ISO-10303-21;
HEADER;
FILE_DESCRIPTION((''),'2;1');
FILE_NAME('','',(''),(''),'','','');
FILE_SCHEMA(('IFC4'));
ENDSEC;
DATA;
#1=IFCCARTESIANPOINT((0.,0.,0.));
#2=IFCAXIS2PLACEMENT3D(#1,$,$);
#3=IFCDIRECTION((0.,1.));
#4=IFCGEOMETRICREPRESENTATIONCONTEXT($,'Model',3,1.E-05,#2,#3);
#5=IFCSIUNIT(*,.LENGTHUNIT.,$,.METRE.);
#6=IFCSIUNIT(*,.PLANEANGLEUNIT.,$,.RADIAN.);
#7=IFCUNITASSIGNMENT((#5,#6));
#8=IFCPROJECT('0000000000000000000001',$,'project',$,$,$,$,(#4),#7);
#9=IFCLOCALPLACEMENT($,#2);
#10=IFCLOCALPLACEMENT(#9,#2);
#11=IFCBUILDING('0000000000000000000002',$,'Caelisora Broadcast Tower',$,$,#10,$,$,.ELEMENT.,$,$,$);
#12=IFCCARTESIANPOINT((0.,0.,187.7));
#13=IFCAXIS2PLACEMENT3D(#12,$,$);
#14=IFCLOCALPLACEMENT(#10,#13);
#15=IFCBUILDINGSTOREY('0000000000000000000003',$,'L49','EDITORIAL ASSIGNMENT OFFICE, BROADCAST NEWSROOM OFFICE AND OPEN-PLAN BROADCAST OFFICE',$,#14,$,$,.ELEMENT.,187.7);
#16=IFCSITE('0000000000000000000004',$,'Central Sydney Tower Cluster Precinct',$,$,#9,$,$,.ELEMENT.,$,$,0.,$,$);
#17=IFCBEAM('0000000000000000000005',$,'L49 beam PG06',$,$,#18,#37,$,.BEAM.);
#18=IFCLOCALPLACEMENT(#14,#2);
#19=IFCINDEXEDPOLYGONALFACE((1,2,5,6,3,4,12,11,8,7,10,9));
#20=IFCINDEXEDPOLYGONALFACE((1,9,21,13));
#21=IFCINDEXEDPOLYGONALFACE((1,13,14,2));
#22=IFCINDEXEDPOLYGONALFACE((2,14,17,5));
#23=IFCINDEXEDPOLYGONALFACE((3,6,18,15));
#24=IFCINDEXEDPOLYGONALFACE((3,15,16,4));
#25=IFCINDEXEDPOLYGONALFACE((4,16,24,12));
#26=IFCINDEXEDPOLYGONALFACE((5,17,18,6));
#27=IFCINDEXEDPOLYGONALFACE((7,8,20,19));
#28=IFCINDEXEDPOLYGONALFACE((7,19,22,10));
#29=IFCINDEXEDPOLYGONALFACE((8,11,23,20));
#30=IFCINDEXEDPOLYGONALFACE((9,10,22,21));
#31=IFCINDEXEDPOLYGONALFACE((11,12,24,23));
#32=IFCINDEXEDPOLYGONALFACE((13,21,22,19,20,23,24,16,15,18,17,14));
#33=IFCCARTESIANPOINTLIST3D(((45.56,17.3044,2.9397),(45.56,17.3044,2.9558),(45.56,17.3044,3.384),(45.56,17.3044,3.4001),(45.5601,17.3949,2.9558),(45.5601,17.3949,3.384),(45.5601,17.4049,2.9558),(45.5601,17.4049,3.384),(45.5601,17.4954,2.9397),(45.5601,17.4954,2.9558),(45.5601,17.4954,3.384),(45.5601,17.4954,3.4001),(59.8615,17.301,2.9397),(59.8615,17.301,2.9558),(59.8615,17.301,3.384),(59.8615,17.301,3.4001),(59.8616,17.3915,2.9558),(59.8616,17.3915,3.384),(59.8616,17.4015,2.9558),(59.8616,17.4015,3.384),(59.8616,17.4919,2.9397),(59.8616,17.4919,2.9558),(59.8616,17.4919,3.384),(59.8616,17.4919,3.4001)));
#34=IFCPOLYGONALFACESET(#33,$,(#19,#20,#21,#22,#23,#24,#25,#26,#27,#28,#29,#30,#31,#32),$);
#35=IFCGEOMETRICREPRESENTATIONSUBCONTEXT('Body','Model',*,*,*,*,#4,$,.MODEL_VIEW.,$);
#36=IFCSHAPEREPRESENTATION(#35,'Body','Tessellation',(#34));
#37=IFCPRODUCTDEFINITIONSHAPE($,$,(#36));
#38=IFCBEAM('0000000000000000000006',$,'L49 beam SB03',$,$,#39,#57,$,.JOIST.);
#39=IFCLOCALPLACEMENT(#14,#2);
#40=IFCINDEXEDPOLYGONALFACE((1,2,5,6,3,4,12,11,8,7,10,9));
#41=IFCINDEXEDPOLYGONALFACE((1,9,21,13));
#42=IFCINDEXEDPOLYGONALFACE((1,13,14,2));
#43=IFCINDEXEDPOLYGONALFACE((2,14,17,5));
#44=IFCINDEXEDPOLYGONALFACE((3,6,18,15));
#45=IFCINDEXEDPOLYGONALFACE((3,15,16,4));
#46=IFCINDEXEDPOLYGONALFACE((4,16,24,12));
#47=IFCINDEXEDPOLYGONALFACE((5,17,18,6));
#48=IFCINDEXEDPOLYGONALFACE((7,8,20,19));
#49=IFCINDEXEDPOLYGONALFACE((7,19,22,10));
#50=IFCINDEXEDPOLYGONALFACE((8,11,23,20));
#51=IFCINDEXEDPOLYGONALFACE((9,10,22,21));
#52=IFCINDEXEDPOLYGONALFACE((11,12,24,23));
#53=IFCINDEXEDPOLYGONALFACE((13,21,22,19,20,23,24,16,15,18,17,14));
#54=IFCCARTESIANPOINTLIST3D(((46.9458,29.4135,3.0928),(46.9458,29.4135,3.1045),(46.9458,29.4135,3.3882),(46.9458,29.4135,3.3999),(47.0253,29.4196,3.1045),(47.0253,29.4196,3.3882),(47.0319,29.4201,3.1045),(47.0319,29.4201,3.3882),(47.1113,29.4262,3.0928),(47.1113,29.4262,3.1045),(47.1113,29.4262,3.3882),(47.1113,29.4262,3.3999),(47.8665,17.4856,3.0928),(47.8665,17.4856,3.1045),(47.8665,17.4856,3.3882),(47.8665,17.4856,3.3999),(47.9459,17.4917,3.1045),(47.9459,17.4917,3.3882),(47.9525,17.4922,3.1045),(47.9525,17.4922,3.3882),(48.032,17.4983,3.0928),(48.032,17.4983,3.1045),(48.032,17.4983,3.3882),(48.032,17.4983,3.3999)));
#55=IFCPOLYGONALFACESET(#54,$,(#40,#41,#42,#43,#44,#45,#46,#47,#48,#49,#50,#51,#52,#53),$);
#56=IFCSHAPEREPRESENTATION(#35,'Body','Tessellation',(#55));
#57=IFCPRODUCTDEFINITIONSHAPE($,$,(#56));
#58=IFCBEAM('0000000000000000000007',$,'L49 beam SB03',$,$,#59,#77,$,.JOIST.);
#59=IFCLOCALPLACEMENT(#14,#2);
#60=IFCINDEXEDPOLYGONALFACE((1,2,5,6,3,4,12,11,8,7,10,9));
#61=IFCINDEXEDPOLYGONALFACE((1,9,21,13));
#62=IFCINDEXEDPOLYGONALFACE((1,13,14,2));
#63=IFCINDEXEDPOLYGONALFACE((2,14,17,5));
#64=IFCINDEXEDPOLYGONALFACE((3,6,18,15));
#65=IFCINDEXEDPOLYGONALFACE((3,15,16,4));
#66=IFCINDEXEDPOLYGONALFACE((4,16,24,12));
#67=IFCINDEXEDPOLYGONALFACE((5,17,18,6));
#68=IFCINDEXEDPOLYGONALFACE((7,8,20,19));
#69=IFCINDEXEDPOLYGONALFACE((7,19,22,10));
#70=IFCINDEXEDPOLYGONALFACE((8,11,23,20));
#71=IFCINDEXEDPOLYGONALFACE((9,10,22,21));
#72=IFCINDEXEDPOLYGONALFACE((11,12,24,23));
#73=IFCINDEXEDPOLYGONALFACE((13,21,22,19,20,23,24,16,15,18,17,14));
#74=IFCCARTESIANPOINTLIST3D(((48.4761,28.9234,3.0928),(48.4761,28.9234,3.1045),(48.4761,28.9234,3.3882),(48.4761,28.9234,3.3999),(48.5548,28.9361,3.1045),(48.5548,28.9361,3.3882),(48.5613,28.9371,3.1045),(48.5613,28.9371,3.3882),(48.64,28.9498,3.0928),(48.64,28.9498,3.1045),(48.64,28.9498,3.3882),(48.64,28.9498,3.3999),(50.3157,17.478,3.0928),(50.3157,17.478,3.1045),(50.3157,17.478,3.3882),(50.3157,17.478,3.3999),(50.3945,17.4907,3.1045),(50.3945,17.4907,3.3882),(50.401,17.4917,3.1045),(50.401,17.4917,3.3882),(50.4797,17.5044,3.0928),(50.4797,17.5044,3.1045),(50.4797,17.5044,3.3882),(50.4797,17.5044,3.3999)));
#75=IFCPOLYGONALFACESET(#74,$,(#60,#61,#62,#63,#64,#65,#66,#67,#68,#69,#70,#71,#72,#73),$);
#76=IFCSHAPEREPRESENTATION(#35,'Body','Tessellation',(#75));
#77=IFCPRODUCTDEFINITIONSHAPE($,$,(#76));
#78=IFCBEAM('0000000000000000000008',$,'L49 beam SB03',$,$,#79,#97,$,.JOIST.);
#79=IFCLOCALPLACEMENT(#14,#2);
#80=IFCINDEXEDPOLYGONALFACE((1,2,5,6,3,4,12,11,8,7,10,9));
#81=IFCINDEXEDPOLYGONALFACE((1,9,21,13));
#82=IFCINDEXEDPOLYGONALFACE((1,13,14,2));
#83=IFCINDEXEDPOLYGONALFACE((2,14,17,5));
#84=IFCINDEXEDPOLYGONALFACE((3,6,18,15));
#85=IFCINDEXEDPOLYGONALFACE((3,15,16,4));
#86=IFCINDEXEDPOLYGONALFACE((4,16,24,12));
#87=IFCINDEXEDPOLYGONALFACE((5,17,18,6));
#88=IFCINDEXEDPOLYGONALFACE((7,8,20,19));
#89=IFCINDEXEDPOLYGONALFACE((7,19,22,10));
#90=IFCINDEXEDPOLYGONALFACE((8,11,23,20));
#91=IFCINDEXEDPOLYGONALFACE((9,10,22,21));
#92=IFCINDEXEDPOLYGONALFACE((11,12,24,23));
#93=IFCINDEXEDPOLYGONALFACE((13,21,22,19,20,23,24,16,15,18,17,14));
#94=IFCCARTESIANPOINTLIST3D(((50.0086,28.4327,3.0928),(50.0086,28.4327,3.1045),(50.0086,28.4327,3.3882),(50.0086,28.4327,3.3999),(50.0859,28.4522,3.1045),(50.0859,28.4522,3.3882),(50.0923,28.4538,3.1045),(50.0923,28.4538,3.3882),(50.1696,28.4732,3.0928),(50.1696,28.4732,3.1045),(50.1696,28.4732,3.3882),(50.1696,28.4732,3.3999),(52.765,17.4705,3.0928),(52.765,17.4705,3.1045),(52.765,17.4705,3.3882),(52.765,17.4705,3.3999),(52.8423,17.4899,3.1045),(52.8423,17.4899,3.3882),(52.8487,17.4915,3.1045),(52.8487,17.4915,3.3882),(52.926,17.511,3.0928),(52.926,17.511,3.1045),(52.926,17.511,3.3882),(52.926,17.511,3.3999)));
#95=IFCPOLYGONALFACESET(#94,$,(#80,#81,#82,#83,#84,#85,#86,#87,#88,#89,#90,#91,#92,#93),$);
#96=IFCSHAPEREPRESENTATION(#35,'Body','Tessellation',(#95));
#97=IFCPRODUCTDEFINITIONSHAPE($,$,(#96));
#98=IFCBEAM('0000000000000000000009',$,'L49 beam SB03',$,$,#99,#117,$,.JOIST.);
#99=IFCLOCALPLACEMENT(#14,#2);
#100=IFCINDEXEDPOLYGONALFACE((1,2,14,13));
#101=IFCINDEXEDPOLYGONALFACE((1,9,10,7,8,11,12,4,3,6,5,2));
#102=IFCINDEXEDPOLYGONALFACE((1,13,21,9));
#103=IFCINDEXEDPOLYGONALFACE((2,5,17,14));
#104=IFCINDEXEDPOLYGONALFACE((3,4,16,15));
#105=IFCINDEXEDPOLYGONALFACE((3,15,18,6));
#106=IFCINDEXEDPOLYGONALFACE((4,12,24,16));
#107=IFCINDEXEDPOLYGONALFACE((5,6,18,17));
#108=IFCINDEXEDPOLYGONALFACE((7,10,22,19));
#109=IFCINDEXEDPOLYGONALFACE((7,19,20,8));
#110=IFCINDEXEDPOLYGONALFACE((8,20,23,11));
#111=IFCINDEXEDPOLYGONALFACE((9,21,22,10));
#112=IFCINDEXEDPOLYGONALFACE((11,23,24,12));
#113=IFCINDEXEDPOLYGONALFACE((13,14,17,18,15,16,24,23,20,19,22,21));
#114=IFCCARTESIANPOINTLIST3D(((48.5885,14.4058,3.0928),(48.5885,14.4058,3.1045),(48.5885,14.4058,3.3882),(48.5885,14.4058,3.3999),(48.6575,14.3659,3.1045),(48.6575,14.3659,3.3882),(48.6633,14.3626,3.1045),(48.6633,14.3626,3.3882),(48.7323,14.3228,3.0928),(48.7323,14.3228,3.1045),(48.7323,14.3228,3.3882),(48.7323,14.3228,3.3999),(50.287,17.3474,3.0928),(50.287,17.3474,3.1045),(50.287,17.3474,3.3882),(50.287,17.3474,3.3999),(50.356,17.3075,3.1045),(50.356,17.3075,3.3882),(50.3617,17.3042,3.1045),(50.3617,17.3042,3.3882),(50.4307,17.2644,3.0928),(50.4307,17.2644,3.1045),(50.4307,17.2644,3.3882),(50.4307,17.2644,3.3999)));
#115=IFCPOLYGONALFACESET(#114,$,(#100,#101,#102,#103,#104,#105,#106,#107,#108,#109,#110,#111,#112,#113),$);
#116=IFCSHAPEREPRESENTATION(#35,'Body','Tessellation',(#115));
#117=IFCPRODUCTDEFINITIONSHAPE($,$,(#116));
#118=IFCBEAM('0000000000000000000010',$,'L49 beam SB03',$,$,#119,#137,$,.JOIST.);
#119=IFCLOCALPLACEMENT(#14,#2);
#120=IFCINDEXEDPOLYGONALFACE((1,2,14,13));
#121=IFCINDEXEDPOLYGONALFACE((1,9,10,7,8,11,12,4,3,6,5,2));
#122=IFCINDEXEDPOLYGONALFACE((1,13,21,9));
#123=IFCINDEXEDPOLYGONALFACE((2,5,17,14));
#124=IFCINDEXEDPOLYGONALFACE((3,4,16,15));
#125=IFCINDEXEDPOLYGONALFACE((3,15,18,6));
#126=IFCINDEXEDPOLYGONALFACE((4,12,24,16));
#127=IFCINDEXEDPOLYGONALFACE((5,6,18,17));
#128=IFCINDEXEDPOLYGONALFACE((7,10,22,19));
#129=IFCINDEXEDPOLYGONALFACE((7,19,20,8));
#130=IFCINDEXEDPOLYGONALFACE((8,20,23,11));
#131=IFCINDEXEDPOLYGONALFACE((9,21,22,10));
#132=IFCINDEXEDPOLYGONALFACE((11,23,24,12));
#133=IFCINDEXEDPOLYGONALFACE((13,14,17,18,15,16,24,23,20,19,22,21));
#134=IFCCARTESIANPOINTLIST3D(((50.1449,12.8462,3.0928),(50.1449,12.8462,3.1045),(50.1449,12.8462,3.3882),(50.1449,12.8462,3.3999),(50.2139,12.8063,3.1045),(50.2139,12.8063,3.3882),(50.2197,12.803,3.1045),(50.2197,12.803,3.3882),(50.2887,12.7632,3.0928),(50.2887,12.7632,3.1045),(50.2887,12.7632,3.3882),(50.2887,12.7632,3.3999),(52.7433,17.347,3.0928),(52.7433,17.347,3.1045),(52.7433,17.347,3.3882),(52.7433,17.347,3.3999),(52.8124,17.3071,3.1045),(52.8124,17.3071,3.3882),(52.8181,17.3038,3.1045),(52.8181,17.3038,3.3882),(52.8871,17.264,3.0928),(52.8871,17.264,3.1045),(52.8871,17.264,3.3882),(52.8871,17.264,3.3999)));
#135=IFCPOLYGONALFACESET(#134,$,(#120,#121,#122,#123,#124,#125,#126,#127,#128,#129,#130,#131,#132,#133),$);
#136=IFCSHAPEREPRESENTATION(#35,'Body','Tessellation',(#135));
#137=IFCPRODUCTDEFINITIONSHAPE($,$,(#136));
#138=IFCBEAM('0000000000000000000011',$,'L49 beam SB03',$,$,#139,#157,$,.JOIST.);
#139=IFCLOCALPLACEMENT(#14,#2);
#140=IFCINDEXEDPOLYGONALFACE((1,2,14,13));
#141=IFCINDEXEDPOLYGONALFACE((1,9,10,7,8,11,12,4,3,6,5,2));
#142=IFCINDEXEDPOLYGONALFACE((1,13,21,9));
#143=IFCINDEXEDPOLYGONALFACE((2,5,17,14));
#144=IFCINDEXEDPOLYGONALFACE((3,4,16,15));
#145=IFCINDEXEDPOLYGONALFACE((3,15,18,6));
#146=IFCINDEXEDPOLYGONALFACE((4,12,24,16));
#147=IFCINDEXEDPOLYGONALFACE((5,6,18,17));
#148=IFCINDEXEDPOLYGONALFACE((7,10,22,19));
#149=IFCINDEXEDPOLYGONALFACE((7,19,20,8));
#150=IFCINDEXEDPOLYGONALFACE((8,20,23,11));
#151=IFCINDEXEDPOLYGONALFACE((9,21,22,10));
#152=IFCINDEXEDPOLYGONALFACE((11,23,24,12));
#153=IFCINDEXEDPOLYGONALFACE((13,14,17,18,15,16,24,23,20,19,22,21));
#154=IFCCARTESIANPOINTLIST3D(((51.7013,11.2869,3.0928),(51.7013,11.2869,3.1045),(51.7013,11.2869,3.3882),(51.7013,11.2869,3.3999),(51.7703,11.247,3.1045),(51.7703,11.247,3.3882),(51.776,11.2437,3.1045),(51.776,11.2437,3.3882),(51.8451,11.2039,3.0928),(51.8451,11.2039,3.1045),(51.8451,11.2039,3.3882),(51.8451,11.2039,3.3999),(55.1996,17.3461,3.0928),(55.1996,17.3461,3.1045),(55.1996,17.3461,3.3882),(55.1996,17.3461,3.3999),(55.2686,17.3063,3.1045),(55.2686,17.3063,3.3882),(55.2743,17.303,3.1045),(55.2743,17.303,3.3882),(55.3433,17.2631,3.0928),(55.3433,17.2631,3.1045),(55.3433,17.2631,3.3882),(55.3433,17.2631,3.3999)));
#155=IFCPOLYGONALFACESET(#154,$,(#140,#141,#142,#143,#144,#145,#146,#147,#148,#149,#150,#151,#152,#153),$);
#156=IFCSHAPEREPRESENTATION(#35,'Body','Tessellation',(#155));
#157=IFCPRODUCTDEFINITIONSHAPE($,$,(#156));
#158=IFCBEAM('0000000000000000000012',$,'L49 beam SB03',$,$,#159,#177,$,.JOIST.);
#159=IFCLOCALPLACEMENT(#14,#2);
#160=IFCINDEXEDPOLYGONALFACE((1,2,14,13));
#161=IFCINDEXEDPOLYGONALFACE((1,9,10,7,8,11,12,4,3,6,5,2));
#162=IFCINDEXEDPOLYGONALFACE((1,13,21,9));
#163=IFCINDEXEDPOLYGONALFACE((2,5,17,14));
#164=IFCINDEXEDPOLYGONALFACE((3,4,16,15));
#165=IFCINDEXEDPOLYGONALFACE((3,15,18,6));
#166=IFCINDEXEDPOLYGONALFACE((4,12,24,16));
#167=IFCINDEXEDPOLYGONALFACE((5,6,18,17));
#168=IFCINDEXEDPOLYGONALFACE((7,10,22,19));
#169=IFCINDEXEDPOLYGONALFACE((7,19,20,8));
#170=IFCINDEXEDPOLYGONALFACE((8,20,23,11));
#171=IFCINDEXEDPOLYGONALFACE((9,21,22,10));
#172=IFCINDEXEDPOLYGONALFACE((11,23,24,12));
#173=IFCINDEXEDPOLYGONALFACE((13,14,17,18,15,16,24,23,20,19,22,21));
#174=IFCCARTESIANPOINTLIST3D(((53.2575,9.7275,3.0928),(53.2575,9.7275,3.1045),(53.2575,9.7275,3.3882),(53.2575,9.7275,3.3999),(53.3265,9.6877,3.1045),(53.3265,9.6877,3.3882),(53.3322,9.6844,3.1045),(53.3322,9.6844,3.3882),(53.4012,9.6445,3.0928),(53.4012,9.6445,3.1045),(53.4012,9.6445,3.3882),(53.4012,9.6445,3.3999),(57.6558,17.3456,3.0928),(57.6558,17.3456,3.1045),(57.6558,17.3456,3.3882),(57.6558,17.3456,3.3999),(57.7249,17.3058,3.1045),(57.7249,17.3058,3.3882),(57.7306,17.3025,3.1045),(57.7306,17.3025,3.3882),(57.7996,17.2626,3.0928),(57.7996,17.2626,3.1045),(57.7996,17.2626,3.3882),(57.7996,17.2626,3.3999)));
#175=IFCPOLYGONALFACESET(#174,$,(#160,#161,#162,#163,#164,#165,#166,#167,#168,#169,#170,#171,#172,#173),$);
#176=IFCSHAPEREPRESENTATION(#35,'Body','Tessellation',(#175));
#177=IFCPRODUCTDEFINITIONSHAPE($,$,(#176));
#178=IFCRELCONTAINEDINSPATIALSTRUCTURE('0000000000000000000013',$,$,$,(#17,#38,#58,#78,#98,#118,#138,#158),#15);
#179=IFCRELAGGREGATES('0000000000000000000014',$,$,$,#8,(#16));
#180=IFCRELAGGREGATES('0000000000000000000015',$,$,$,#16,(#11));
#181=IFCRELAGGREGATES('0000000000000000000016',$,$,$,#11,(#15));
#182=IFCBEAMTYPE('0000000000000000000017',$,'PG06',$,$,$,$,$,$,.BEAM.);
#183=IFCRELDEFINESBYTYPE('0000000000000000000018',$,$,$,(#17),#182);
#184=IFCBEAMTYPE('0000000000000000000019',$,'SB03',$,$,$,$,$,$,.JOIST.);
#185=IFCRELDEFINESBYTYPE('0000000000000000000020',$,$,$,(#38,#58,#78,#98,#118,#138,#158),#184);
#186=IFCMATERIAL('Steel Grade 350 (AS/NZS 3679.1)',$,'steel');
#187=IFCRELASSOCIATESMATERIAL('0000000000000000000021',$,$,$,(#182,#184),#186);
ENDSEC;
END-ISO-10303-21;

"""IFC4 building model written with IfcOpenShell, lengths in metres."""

from ifc_helpers import new_model, si_unit, direction, frame, origin, origin_2d, place, context, subcontext, project, spatial, i_section, extrude, source, transform, mapped, material, material_profile, profile_set, type_object, type_shapes, element, save


model = new_model("IFC4")

# Units and contexts
model_context = context("Model", 3, precision=1e-05, world=origin(), true_north=direction((0.0, 1.0)))
body_context = subcontext(model_context, "Body", "Model", "MODEL_VIEW")
ifc_project = project(units=[si_unit("LENGTHUNIT", "METRE"), si_unit("PLANEANGLEUNIT", "RADIAN")], contexts=[model_context])

# Site, building, storey
site_placement = place(None, origin())
site = spatial("IfcSite", under=ifc_project, at=site_placement, Name="Central Sydney Tower Cluster Precinct", CompositionType="ELEMENT", RefElevation=0.0)
building_placement = place(site_placement, origin())
building = spatial("IfcBuilding", under=site, at=building_placement, Name="Caelisora Broadcast Tower", CompositionType="ELEMENT")
storey_placement = place(building_placement, frame((0.0, 0.0, 187.7)))
storey = spatial("IfcBuildingStorey", under=building, at=storey_placement, Name="L49", Description="EDITORIAL ASSIGNMENT OFFICE, BROADCAST NEWSROOM OFFICE AND OPEN-PLAN BROADCAST OFFICE", CompositionType="ELEMENT", Elevation=187.7)

# Beams
ifc_material_1 = material(Name="Steel Grade 350 (AS/NZS 3679.1)", Category="steel")
ifc_material_profile_1 = material_profile(ifc_material_1, i_section(OverallWidth=0.1909, OverallDepth=0.4604, WebThickness=0.01, FlangeThickness=0.0161, at=origin_2d()), Name="Steel Grade 350 (AS/NZS 3679.1)")
ifc_profile_set_1 = profile_set([ifc_material_profile_1], Name="Steel Grade 350 (AS/NZS 3679.1)")
beam_type_1 = type_object("IfcBeamType", Name="PG06", PredefinedType="BEAM", material=ifc_profile_set_1)
shared_shape_1 = source(origin(), body_context, "Body", "SweptSolid", [
    extrude(i_section(OverallWidth=0.1909, OverallDepth=0.4604, WebThickness=0.01, FlangeThickness=0.0161, at=origin_2d()), origin(), (0.0, 0.0, 1.0), 14.3015),
])
type_shapes(beam_type_1, [shared_shape_1])
beam_1_placement = place(storey_placement, frame((45.5601, 17.3999, 3.1699), z_axis=(1.0, -0.000239, 0.0), x_axis=(0.000239, 1.0, 0.0)))
element("IfcBeam", 1, at=beam_1_placement, inside=storey, type_object=beam_type_1, Name="L49 beam PG06", PredefinedType="BEAM", context=body_context, shape_type="MappedRepresentation", body=[
    mapped(shared_shape_1, transform((0.0, 0.0, 0.0), scale=1.0)),
])
ifc_material_profile_2 = material_profile(ifc_material_1, i_section(OverallWidth=0.166, OverallDepth=0.3071, WebThickness=0.0066, FlangeThickness=0.0117, at=origin_2d()), Name="Steel Grade 350 (AS/NZS 3679.1)")
ifc_profile_set_2 = profile_set([ifc_material_profile_2], Name="Steel Grade 350 (AS/NZS 3679.1)")
beam_type_2 = type_object("IfcBeamType", Name="SB03", PredefinedType="JOIST", material=ifc_profile_set_2)
shared_shape_2 = source(origin(), body_context, "Body", "SweptSolid", [
    extrude(i_section(OverallWidth=0.166, OverallDepth=0.3071, WebThickness=0.0066, FlangeThickness=0.0117, at=origin_2d()), origin(), (0.0, 0.0, 1.0), 11.9634),
])
beam_2_placement = place(storey_placement, frame((47.9492, 17.4919, 3.2463), z_axis=(-0.076956, 0.997035, 0.0), x_axis=(-0.997035, -0.076956, 0.0)))
element("IfcBeam", 2, at=beam_2_placement, inside=storey, type_object=beam_type_2, Name="L49 beam SB03", PredefinedType="JOIST", context=body_context, shape_type="MappedRepresentation", body=[
    mapped(shared_shape_2, transform((0.0, 0.0, 0.0), scale=1.0)),
])
shared_shape_3 = source(origin(), body_context, "Body", "SweptSolid", [
    extrude(i_section(OverallWidth=0.166, OverallDepth=0.3071, WebThickness=0.0066, FlangeThickness=0.0117, at=origin_2d()), origin(), (0.0, 0.0, 1.0), 11.5923),
])
beam_3_placement = place(storey_placement, frame((50.3977, 17.4912, 3.2463), z_axis=(-0.158693, 0.987328, 0.0), x_axis=(-0.987328, -0.158693, 0.0)))
element("IfcBeam", 3, at=beam_3_placement, inside=storey, type_object=beam_type_2, Name="L49 beam SB03", PredefinedType="JOIST", context=body_context, shape_type="MappedRepresentation", body=[
    mapped(shared_shape_3, transform((0.0, 0.0, 0.0), scale=1.0)),
])
shared_shape_4 = source(origin(), body_context, "Body", "SweptSolid", [
    extrude(i_section(OverallWidth=0.166, OverallDepth=0.3071, WebThickness=0.0066, FlangeThickness=0.0117, at=origin_2d()), origin(), (0.0, 0.0, 1.0), 11.3035),
])
beam_4_placement = place(storey_placement, frame((52.8455, 17.4907, 3.2463), z_axis=(-0.243852, 0.969813, 0.0), x_axis=(-0.969813, -0.243852, 0.0)))
element("IfcBeam", 4, at=beam_4_placement, inside=storey, type_object=beam_type_2, Name="L49 beam SB03", PredefinedType="JOIST", context=body_context, shape_type="MappedRepresentation", body=[
    mapped(shared_shape_4, transform((0.0, 0.0, 0.0), scale=1.0)),
])
shared_shape_5 = source(origin(), body_context, "Body", "SweptSolid", [
    extrude(i_section(OverallWidth=0.166, OverallDepth=0.3071, WebThickness=0.0066, FlangeThickness=0.0117, at=origin_2d()), origin(), (0.0, 0.0, 1.0), 3.3967),
])
beam_5_placement = place(storey_placement, frame((48.6604, 14.3643, 3.2463), z_axis=(0.500027, 0.86601, 0.0), x_axis=(-0.86601, 0.500027, 0.0)))
element("IfcBeam", 5, at=beam_5_placement, inside=storey, type_object=beam_type_2, Name="L49 beam SB03", PredefinedType="JOIST", context=body_context, shape_type="MappedRepresentation", body=[
    mapped(shared_shape_5, transform((0.0, 0.0, 0.0), scale=1.0)),
])
shared_shape_6 = source(origin(), body_context, "Body", "SweptSolid", [
    extrude(i_section(OverallWidth=0.166, OverallDepth=0.3071, WebThickness=0.0066, FlangeThickness=0.0117, at=origin_2d()), origin(), (0.0, 0.0, 1.0), 5.197),
])
beam_6_placement = place(storey_placement, frame((50.2168, 12.8047, 3.2463), z_axis=(0.499984, 0.866035, 0.0), x_axis=(-0.866035, 0.499984, 0.0)))
element("IfcBeam", 6, at=beam_6_placement, inside=storey, type_object=beam_type_2, Name="L49 beam SB03", PredefinedType="JOIST", context=body_context, shape_type="MappedRepresentation", body=[
    mapped(shared_shape_6, transform((0.0, 0.0, 0.0), scale=1.0)),
])
shared_shape_7 = source(origin(), body_context, "Body", "SweptSolid", [
    extrude(i_section(OverallWidth=0.166, OverallDepth=0.3071, WebThickness=0.0066, FlangeThickness=0.0117, at=origin_2d()), origin(), (0.0, 0.0, 1.0), 6.9966),
])
beam_7_placement = place(storey_placement, frame((51.7732, 11.2454, 3.2463), z_axis=(0.499993, 0.866029, 0.0), x_axis=(-0.866029, 0.499993, 0.0)))
element("IfcBeam", 7, at=beam_7_placement, inside=storey, type_object=beam_type_2, Name="L49 beam SB03", PredefinedType="JOIST", context=body_context, shape_type="MappedRepresentation", body=[
    mapped(shared_shape_7, transform((0.0, 0.0, 0.0), scale=1.0)),
])
shared_shape_8 = source(origin(), body_context, "Body", "SweptSolid", [
    extrude(i_section(OverallWidth=0.166, OverallDepth=0.3071, WebThickness=0.0066, FlangeThickness=0.0117, at=origin_2d()), origin(), (0.0, 0.0, 1.0), 8.7966),
])
type_shapes(beam_type_2, [shared_shape_2, shared_shape_3, shared_shape_4, shared_shape_5, shared_shape_6, shared_shape_7, shared_shape_8])
beam_8_placement = place(storey_placement, frame((53.3293, 9.686, 3.2463), z_axis=(0.500008, 0.866021, 0.0), x_axis=(-0.866021, 0.500008, 0.0)))
element("IfcBeam", 8, at=beam_8_placement, inside=storey, type_object=beam_type_2, Name="L49 beam SB03", PredefinedType="JOIST", context=body_context, shape_type="MappedRepresentation", body=[
    mapped(shared_shape_8, transform((0.0, 0.0, 0.0), scale=1.0)),
])

save(model, "model.ifc")
